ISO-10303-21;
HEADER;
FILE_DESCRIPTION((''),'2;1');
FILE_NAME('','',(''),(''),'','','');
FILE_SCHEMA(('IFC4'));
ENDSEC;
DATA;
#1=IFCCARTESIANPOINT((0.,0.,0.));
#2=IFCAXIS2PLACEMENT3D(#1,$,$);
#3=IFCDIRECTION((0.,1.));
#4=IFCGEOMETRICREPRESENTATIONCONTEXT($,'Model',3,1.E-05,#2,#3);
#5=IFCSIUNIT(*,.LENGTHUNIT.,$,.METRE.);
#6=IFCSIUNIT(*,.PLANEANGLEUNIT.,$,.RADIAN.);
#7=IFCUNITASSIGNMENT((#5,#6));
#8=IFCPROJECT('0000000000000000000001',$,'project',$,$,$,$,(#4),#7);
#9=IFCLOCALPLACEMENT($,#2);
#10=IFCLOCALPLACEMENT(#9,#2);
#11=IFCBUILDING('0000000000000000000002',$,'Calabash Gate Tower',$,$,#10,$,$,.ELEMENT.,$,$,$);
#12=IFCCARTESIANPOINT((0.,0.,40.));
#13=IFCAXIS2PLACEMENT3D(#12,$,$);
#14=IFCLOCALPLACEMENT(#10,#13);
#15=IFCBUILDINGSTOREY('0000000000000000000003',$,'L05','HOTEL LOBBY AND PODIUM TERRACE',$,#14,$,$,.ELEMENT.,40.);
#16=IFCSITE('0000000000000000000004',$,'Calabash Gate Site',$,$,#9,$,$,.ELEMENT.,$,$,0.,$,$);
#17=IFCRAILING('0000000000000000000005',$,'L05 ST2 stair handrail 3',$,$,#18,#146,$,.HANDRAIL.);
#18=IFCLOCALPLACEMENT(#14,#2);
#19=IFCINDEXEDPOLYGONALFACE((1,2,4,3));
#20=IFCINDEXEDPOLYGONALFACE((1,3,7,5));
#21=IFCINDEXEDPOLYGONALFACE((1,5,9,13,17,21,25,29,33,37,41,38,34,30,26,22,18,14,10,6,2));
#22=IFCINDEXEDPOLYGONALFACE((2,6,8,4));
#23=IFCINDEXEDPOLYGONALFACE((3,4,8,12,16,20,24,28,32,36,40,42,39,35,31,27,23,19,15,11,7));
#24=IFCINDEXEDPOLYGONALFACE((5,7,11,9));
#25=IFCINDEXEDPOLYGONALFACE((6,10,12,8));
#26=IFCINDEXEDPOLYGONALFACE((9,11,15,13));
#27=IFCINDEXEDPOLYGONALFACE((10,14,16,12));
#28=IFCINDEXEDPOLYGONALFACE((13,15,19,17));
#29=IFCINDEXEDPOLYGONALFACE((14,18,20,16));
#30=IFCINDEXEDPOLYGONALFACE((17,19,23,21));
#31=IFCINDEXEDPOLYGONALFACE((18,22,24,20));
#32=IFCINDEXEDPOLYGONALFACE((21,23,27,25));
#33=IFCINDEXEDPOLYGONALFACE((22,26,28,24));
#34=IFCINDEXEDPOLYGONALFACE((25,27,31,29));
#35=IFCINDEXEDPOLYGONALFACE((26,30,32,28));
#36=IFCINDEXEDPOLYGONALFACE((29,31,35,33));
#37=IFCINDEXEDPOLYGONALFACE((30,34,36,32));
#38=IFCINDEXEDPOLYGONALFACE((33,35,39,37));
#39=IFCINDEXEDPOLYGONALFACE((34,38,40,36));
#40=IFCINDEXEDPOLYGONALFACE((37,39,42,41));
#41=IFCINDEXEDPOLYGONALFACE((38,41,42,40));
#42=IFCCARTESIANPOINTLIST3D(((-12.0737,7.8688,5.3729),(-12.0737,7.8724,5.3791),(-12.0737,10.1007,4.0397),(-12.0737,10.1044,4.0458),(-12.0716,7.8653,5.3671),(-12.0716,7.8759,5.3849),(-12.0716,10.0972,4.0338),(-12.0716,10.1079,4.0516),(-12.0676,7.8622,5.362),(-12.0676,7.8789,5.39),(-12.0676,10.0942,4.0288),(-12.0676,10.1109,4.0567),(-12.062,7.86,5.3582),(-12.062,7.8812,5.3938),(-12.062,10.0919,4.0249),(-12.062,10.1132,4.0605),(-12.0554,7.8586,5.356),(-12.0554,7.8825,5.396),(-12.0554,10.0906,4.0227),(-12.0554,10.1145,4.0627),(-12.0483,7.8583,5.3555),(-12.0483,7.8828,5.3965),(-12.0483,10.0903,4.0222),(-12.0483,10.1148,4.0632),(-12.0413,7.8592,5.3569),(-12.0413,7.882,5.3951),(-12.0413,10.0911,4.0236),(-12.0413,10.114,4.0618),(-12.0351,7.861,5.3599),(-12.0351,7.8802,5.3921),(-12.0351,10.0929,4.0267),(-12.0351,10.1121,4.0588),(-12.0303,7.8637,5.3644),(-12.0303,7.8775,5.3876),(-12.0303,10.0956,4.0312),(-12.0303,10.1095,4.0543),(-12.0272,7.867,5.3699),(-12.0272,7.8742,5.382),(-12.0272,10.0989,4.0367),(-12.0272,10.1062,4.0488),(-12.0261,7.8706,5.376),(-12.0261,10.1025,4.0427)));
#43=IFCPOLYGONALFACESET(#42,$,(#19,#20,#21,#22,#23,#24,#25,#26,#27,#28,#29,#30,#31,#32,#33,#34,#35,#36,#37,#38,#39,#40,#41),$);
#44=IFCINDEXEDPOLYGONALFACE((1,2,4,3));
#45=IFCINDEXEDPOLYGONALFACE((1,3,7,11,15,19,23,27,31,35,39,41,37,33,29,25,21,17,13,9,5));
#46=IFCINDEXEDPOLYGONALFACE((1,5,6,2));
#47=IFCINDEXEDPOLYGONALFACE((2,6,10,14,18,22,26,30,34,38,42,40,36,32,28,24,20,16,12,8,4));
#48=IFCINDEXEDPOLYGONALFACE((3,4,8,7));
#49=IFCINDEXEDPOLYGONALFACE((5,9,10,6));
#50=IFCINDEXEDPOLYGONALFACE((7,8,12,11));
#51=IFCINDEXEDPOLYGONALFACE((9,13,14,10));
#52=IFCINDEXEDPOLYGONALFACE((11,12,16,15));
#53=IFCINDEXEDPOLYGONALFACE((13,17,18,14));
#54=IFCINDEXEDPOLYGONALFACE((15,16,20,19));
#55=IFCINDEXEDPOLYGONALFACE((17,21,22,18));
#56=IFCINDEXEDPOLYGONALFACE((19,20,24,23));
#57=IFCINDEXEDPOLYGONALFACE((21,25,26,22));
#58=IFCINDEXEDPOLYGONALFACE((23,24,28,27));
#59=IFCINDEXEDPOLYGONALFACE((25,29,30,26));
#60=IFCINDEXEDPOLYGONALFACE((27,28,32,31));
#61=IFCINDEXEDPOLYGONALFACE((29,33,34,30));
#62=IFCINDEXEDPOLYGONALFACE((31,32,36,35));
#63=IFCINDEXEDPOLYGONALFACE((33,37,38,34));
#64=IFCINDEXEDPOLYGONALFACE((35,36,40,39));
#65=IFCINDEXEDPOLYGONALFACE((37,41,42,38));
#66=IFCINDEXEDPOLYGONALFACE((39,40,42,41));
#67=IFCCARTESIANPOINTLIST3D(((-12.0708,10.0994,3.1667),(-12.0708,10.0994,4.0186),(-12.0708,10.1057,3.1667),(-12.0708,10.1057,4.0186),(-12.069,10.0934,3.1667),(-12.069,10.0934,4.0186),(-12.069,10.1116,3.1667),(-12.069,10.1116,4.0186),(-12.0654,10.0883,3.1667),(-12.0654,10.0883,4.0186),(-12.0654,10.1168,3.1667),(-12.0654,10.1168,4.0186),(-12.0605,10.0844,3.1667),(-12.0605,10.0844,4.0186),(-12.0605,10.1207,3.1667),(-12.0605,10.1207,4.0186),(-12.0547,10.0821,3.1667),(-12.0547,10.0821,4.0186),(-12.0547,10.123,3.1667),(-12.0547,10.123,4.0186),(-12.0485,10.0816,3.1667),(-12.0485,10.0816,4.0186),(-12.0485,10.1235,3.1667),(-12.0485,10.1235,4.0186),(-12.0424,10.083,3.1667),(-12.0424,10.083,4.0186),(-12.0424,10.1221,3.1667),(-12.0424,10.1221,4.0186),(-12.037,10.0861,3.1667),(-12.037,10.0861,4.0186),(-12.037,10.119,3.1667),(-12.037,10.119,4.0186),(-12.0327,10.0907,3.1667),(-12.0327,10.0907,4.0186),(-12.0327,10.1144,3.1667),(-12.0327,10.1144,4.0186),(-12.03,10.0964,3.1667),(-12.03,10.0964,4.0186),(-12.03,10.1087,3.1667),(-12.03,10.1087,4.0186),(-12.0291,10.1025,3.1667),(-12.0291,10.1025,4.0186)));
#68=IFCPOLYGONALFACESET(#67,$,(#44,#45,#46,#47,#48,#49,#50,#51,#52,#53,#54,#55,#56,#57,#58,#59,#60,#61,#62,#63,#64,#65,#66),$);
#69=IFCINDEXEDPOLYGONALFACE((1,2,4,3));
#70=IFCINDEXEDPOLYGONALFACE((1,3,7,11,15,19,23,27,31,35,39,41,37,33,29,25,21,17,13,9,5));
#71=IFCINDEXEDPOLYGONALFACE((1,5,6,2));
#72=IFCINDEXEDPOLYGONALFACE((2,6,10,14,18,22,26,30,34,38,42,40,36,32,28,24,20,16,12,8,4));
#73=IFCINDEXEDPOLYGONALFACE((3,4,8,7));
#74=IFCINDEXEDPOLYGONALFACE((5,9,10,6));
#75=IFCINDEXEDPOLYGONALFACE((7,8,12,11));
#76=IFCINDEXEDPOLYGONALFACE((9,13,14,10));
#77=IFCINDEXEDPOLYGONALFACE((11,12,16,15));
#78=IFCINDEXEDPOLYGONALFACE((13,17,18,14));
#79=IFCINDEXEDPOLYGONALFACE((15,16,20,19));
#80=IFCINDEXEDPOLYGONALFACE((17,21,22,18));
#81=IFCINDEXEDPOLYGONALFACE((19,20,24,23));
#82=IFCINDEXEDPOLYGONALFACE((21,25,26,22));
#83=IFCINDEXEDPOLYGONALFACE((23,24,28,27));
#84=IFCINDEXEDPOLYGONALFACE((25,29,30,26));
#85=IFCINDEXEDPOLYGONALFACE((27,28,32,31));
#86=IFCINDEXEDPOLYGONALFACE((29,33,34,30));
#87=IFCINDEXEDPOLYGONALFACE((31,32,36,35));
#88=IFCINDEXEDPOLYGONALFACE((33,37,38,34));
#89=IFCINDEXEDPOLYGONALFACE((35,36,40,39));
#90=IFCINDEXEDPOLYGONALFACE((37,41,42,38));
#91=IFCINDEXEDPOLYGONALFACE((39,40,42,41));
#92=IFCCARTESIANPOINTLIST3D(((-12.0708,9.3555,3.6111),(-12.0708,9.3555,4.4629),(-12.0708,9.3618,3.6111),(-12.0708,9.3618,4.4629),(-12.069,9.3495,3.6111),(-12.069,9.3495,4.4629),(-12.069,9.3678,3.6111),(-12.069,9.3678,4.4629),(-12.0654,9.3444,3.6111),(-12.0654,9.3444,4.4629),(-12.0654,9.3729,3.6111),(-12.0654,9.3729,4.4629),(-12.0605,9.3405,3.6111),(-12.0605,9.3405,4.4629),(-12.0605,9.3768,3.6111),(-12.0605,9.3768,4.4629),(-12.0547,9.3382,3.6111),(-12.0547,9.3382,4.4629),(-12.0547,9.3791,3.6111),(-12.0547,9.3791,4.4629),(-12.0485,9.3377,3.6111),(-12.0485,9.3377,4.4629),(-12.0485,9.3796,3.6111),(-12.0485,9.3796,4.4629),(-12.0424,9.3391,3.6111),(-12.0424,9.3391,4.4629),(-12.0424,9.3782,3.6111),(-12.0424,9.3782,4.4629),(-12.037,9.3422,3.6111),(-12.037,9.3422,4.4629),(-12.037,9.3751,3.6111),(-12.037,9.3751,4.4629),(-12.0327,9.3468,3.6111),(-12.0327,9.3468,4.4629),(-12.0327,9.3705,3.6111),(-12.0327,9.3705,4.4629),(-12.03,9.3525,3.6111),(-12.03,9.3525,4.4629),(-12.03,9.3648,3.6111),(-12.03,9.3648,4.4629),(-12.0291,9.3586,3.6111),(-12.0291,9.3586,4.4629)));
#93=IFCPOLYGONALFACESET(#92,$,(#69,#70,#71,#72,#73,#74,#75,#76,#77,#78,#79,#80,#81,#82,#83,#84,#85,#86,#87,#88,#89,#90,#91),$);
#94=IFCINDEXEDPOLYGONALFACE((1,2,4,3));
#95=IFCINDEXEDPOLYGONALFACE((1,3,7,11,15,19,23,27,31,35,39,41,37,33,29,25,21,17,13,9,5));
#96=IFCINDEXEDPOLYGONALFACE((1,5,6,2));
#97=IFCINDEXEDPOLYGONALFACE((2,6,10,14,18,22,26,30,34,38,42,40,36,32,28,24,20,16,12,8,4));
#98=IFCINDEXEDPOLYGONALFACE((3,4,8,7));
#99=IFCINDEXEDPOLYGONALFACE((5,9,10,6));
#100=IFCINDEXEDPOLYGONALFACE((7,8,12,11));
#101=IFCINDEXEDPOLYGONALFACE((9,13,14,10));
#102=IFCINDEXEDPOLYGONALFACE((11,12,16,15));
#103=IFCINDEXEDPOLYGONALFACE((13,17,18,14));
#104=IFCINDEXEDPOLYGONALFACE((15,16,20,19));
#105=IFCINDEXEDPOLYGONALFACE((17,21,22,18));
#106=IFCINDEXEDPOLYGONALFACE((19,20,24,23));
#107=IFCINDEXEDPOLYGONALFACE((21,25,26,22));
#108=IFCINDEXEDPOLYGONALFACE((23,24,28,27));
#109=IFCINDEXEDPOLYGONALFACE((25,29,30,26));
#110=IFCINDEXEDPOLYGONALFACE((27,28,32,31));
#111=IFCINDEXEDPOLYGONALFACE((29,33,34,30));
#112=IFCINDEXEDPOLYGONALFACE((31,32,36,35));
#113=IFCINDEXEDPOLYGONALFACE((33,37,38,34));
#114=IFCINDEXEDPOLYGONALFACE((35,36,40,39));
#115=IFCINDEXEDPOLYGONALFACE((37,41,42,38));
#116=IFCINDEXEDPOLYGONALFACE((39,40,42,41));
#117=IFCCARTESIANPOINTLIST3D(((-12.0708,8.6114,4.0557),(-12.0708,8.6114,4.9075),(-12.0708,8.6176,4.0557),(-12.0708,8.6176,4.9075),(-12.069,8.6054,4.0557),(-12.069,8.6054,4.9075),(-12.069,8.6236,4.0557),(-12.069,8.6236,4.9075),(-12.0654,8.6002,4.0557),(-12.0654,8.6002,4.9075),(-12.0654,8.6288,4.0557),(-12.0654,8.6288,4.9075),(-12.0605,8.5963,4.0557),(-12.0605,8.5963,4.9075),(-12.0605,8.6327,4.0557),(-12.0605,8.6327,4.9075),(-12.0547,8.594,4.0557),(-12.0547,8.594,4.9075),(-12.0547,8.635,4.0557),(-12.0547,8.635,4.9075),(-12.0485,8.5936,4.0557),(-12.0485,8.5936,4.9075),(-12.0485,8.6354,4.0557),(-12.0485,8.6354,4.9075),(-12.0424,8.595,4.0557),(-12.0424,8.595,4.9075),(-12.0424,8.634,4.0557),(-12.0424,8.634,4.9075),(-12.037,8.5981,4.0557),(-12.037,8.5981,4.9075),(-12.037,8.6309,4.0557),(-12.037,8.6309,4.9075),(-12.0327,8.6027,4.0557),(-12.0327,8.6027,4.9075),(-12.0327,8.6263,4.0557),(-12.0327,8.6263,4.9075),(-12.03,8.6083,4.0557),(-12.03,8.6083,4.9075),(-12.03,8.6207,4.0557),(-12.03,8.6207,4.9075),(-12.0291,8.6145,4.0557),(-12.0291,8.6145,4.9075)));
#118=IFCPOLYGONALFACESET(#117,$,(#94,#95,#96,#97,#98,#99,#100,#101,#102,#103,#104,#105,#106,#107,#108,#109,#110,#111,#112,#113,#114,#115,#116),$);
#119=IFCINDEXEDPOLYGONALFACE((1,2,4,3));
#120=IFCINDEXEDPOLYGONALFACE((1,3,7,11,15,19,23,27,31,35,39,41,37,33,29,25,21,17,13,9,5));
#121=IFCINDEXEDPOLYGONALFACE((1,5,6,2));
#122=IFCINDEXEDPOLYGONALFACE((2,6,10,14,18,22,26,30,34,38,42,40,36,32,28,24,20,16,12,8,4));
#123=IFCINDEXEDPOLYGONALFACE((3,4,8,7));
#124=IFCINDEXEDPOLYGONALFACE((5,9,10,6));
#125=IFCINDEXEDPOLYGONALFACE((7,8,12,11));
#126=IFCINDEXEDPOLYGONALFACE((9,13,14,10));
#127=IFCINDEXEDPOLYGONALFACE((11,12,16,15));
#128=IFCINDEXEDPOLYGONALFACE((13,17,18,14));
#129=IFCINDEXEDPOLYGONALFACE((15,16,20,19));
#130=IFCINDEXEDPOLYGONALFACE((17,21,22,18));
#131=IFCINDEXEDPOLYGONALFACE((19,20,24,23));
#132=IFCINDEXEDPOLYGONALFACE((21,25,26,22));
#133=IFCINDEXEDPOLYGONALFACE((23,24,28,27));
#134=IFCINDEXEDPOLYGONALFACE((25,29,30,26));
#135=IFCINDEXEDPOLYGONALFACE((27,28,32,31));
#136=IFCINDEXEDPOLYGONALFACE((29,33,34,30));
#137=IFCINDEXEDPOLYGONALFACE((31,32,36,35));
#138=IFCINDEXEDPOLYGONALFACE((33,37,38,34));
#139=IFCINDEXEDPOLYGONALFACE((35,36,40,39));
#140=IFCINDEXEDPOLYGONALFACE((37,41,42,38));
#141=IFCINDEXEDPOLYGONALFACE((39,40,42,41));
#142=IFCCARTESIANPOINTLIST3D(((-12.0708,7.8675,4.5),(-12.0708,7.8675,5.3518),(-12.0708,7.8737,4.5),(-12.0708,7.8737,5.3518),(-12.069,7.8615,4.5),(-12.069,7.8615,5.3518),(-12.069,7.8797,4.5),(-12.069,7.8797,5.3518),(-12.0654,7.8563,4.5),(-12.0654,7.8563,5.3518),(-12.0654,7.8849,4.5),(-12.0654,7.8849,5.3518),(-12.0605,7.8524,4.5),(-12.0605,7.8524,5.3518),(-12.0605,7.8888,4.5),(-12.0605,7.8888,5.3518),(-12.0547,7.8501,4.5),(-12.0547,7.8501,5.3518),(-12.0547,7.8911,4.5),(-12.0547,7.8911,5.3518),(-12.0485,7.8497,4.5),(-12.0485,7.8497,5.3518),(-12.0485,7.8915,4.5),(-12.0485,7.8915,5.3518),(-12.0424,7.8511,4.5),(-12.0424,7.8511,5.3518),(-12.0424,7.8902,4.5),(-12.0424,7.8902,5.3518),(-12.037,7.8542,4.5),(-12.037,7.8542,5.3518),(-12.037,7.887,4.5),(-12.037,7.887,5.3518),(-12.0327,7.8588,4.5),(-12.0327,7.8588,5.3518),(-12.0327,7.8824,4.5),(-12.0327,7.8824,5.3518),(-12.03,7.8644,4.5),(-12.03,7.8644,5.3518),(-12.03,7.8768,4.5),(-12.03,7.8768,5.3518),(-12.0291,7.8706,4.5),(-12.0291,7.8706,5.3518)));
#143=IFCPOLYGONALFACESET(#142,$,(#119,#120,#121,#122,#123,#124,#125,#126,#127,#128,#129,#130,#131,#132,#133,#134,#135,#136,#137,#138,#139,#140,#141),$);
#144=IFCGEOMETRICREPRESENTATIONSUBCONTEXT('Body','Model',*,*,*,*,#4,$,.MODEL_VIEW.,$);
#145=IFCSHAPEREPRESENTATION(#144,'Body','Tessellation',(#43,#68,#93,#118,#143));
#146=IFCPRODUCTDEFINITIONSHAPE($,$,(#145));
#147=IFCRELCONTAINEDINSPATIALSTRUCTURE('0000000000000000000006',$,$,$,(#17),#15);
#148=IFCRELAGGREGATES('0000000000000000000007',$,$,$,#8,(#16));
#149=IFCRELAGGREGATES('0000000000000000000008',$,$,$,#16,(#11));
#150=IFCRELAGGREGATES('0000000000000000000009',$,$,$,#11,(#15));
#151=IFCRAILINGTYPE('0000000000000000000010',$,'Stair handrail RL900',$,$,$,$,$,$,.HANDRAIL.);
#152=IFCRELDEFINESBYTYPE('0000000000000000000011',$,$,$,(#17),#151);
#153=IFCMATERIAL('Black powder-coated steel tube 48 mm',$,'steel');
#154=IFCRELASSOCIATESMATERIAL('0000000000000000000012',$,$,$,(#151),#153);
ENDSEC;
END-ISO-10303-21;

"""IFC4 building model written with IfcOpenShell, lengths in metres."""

from ifc_helpers import new_model, si_unit, direction, frame, origin, origin_2d, place, context, subcontext, project, spatial, circle, extrude, material, type_object, element, save


model = new_model("IFC4")

# Units and contexts
model_context = context("Model", 3, precision=1e-05, world=origin(), true_north=direction((0.0, 1.0)))
body_context = subcontext(model_context, "Body", "Model", "MODEL_VIEW")
ifc_project = project(units=[si_unit("LENGTHUNIT", "METRE"), si_unit("PLANEANGLEUNIT", "RADIAN")], contexts=[model_context])

# Site, building, storey
site_placement = place(None, origin())
site = spatial("IfcSite", under=ifc_project, at=site_placement, Name="Calabash Gate Site", CompositionType="ELEMENT", RefElevation=0.0)
building_placement = place(site_placement, origin())
building = spatial("IfcBuilding", under=site, at=building_placement, Name="Calabash Gate Tower", CompositionType="ELEMENT")
storey_placement = place(building_placement, frame((0.0, 0.0, 40.0)))
storey = spatial("IfcBuildingStorey", under=building, at=storey_placement, Name="L05", Description="HOTEL LOBBY AND PODIUM TERRACE", CompositionType="ELEMENT", Elevation=40.0)

# Railing
ifc_material_1 = material(Name="Black powder-coated steel tube 48 mm", Category="steel")
railing_type_1 = type_object("IfcRailingType", Name="Stair handrail RL900", PredefinedType="HANDRAIL", material=ifc_material_1)
for number, where, name in (
    (1, (-12.05, 10.1025, 3.1667), "L05 ST2 stair handrail 3"),
):
    element("IfcRailing", number, at=place(storey_placement, frame(where)), inside=storey, type_object=railing_type_1, Name=name, PredefinedType="HANDRAIL", context=body_context, shape_type="SweptSolid", body=[
        extrude(circle(Radius=0.0239, at=origin_2d()), frame((0.0, 0.0, 0.876), z_axis=(0.0, -0.858494, 0.512824), x_axis=(1.0, 0.0, 0.0)), (0.0, 0.0, 1.0), 2.5999),
        extrude(circle(Radius=0.021, at=origin_2d()), origin(), (0.0, 0.0, 1.0), 0.8518),
        extrude(circle(Radius=0.021, at=origin_2d()), frame((0.0, -0.7439, 0.4443)), (0.0, 0.0, 1.0), 0.8518),
        extrude(circle(Radius=0.021, at=origin_2d()), frame((0.0, -1.488, 0.8889)), (0.0, 0.0, 1.0), 0.8518),
        extrude(circle(Radius=0.021, at=origin_2d()), frame((0.0, -2.2319, 1.3333)), (0.0, 0.0, 1.0), 0.8518),
    ])

save(model, "model.ifc")
